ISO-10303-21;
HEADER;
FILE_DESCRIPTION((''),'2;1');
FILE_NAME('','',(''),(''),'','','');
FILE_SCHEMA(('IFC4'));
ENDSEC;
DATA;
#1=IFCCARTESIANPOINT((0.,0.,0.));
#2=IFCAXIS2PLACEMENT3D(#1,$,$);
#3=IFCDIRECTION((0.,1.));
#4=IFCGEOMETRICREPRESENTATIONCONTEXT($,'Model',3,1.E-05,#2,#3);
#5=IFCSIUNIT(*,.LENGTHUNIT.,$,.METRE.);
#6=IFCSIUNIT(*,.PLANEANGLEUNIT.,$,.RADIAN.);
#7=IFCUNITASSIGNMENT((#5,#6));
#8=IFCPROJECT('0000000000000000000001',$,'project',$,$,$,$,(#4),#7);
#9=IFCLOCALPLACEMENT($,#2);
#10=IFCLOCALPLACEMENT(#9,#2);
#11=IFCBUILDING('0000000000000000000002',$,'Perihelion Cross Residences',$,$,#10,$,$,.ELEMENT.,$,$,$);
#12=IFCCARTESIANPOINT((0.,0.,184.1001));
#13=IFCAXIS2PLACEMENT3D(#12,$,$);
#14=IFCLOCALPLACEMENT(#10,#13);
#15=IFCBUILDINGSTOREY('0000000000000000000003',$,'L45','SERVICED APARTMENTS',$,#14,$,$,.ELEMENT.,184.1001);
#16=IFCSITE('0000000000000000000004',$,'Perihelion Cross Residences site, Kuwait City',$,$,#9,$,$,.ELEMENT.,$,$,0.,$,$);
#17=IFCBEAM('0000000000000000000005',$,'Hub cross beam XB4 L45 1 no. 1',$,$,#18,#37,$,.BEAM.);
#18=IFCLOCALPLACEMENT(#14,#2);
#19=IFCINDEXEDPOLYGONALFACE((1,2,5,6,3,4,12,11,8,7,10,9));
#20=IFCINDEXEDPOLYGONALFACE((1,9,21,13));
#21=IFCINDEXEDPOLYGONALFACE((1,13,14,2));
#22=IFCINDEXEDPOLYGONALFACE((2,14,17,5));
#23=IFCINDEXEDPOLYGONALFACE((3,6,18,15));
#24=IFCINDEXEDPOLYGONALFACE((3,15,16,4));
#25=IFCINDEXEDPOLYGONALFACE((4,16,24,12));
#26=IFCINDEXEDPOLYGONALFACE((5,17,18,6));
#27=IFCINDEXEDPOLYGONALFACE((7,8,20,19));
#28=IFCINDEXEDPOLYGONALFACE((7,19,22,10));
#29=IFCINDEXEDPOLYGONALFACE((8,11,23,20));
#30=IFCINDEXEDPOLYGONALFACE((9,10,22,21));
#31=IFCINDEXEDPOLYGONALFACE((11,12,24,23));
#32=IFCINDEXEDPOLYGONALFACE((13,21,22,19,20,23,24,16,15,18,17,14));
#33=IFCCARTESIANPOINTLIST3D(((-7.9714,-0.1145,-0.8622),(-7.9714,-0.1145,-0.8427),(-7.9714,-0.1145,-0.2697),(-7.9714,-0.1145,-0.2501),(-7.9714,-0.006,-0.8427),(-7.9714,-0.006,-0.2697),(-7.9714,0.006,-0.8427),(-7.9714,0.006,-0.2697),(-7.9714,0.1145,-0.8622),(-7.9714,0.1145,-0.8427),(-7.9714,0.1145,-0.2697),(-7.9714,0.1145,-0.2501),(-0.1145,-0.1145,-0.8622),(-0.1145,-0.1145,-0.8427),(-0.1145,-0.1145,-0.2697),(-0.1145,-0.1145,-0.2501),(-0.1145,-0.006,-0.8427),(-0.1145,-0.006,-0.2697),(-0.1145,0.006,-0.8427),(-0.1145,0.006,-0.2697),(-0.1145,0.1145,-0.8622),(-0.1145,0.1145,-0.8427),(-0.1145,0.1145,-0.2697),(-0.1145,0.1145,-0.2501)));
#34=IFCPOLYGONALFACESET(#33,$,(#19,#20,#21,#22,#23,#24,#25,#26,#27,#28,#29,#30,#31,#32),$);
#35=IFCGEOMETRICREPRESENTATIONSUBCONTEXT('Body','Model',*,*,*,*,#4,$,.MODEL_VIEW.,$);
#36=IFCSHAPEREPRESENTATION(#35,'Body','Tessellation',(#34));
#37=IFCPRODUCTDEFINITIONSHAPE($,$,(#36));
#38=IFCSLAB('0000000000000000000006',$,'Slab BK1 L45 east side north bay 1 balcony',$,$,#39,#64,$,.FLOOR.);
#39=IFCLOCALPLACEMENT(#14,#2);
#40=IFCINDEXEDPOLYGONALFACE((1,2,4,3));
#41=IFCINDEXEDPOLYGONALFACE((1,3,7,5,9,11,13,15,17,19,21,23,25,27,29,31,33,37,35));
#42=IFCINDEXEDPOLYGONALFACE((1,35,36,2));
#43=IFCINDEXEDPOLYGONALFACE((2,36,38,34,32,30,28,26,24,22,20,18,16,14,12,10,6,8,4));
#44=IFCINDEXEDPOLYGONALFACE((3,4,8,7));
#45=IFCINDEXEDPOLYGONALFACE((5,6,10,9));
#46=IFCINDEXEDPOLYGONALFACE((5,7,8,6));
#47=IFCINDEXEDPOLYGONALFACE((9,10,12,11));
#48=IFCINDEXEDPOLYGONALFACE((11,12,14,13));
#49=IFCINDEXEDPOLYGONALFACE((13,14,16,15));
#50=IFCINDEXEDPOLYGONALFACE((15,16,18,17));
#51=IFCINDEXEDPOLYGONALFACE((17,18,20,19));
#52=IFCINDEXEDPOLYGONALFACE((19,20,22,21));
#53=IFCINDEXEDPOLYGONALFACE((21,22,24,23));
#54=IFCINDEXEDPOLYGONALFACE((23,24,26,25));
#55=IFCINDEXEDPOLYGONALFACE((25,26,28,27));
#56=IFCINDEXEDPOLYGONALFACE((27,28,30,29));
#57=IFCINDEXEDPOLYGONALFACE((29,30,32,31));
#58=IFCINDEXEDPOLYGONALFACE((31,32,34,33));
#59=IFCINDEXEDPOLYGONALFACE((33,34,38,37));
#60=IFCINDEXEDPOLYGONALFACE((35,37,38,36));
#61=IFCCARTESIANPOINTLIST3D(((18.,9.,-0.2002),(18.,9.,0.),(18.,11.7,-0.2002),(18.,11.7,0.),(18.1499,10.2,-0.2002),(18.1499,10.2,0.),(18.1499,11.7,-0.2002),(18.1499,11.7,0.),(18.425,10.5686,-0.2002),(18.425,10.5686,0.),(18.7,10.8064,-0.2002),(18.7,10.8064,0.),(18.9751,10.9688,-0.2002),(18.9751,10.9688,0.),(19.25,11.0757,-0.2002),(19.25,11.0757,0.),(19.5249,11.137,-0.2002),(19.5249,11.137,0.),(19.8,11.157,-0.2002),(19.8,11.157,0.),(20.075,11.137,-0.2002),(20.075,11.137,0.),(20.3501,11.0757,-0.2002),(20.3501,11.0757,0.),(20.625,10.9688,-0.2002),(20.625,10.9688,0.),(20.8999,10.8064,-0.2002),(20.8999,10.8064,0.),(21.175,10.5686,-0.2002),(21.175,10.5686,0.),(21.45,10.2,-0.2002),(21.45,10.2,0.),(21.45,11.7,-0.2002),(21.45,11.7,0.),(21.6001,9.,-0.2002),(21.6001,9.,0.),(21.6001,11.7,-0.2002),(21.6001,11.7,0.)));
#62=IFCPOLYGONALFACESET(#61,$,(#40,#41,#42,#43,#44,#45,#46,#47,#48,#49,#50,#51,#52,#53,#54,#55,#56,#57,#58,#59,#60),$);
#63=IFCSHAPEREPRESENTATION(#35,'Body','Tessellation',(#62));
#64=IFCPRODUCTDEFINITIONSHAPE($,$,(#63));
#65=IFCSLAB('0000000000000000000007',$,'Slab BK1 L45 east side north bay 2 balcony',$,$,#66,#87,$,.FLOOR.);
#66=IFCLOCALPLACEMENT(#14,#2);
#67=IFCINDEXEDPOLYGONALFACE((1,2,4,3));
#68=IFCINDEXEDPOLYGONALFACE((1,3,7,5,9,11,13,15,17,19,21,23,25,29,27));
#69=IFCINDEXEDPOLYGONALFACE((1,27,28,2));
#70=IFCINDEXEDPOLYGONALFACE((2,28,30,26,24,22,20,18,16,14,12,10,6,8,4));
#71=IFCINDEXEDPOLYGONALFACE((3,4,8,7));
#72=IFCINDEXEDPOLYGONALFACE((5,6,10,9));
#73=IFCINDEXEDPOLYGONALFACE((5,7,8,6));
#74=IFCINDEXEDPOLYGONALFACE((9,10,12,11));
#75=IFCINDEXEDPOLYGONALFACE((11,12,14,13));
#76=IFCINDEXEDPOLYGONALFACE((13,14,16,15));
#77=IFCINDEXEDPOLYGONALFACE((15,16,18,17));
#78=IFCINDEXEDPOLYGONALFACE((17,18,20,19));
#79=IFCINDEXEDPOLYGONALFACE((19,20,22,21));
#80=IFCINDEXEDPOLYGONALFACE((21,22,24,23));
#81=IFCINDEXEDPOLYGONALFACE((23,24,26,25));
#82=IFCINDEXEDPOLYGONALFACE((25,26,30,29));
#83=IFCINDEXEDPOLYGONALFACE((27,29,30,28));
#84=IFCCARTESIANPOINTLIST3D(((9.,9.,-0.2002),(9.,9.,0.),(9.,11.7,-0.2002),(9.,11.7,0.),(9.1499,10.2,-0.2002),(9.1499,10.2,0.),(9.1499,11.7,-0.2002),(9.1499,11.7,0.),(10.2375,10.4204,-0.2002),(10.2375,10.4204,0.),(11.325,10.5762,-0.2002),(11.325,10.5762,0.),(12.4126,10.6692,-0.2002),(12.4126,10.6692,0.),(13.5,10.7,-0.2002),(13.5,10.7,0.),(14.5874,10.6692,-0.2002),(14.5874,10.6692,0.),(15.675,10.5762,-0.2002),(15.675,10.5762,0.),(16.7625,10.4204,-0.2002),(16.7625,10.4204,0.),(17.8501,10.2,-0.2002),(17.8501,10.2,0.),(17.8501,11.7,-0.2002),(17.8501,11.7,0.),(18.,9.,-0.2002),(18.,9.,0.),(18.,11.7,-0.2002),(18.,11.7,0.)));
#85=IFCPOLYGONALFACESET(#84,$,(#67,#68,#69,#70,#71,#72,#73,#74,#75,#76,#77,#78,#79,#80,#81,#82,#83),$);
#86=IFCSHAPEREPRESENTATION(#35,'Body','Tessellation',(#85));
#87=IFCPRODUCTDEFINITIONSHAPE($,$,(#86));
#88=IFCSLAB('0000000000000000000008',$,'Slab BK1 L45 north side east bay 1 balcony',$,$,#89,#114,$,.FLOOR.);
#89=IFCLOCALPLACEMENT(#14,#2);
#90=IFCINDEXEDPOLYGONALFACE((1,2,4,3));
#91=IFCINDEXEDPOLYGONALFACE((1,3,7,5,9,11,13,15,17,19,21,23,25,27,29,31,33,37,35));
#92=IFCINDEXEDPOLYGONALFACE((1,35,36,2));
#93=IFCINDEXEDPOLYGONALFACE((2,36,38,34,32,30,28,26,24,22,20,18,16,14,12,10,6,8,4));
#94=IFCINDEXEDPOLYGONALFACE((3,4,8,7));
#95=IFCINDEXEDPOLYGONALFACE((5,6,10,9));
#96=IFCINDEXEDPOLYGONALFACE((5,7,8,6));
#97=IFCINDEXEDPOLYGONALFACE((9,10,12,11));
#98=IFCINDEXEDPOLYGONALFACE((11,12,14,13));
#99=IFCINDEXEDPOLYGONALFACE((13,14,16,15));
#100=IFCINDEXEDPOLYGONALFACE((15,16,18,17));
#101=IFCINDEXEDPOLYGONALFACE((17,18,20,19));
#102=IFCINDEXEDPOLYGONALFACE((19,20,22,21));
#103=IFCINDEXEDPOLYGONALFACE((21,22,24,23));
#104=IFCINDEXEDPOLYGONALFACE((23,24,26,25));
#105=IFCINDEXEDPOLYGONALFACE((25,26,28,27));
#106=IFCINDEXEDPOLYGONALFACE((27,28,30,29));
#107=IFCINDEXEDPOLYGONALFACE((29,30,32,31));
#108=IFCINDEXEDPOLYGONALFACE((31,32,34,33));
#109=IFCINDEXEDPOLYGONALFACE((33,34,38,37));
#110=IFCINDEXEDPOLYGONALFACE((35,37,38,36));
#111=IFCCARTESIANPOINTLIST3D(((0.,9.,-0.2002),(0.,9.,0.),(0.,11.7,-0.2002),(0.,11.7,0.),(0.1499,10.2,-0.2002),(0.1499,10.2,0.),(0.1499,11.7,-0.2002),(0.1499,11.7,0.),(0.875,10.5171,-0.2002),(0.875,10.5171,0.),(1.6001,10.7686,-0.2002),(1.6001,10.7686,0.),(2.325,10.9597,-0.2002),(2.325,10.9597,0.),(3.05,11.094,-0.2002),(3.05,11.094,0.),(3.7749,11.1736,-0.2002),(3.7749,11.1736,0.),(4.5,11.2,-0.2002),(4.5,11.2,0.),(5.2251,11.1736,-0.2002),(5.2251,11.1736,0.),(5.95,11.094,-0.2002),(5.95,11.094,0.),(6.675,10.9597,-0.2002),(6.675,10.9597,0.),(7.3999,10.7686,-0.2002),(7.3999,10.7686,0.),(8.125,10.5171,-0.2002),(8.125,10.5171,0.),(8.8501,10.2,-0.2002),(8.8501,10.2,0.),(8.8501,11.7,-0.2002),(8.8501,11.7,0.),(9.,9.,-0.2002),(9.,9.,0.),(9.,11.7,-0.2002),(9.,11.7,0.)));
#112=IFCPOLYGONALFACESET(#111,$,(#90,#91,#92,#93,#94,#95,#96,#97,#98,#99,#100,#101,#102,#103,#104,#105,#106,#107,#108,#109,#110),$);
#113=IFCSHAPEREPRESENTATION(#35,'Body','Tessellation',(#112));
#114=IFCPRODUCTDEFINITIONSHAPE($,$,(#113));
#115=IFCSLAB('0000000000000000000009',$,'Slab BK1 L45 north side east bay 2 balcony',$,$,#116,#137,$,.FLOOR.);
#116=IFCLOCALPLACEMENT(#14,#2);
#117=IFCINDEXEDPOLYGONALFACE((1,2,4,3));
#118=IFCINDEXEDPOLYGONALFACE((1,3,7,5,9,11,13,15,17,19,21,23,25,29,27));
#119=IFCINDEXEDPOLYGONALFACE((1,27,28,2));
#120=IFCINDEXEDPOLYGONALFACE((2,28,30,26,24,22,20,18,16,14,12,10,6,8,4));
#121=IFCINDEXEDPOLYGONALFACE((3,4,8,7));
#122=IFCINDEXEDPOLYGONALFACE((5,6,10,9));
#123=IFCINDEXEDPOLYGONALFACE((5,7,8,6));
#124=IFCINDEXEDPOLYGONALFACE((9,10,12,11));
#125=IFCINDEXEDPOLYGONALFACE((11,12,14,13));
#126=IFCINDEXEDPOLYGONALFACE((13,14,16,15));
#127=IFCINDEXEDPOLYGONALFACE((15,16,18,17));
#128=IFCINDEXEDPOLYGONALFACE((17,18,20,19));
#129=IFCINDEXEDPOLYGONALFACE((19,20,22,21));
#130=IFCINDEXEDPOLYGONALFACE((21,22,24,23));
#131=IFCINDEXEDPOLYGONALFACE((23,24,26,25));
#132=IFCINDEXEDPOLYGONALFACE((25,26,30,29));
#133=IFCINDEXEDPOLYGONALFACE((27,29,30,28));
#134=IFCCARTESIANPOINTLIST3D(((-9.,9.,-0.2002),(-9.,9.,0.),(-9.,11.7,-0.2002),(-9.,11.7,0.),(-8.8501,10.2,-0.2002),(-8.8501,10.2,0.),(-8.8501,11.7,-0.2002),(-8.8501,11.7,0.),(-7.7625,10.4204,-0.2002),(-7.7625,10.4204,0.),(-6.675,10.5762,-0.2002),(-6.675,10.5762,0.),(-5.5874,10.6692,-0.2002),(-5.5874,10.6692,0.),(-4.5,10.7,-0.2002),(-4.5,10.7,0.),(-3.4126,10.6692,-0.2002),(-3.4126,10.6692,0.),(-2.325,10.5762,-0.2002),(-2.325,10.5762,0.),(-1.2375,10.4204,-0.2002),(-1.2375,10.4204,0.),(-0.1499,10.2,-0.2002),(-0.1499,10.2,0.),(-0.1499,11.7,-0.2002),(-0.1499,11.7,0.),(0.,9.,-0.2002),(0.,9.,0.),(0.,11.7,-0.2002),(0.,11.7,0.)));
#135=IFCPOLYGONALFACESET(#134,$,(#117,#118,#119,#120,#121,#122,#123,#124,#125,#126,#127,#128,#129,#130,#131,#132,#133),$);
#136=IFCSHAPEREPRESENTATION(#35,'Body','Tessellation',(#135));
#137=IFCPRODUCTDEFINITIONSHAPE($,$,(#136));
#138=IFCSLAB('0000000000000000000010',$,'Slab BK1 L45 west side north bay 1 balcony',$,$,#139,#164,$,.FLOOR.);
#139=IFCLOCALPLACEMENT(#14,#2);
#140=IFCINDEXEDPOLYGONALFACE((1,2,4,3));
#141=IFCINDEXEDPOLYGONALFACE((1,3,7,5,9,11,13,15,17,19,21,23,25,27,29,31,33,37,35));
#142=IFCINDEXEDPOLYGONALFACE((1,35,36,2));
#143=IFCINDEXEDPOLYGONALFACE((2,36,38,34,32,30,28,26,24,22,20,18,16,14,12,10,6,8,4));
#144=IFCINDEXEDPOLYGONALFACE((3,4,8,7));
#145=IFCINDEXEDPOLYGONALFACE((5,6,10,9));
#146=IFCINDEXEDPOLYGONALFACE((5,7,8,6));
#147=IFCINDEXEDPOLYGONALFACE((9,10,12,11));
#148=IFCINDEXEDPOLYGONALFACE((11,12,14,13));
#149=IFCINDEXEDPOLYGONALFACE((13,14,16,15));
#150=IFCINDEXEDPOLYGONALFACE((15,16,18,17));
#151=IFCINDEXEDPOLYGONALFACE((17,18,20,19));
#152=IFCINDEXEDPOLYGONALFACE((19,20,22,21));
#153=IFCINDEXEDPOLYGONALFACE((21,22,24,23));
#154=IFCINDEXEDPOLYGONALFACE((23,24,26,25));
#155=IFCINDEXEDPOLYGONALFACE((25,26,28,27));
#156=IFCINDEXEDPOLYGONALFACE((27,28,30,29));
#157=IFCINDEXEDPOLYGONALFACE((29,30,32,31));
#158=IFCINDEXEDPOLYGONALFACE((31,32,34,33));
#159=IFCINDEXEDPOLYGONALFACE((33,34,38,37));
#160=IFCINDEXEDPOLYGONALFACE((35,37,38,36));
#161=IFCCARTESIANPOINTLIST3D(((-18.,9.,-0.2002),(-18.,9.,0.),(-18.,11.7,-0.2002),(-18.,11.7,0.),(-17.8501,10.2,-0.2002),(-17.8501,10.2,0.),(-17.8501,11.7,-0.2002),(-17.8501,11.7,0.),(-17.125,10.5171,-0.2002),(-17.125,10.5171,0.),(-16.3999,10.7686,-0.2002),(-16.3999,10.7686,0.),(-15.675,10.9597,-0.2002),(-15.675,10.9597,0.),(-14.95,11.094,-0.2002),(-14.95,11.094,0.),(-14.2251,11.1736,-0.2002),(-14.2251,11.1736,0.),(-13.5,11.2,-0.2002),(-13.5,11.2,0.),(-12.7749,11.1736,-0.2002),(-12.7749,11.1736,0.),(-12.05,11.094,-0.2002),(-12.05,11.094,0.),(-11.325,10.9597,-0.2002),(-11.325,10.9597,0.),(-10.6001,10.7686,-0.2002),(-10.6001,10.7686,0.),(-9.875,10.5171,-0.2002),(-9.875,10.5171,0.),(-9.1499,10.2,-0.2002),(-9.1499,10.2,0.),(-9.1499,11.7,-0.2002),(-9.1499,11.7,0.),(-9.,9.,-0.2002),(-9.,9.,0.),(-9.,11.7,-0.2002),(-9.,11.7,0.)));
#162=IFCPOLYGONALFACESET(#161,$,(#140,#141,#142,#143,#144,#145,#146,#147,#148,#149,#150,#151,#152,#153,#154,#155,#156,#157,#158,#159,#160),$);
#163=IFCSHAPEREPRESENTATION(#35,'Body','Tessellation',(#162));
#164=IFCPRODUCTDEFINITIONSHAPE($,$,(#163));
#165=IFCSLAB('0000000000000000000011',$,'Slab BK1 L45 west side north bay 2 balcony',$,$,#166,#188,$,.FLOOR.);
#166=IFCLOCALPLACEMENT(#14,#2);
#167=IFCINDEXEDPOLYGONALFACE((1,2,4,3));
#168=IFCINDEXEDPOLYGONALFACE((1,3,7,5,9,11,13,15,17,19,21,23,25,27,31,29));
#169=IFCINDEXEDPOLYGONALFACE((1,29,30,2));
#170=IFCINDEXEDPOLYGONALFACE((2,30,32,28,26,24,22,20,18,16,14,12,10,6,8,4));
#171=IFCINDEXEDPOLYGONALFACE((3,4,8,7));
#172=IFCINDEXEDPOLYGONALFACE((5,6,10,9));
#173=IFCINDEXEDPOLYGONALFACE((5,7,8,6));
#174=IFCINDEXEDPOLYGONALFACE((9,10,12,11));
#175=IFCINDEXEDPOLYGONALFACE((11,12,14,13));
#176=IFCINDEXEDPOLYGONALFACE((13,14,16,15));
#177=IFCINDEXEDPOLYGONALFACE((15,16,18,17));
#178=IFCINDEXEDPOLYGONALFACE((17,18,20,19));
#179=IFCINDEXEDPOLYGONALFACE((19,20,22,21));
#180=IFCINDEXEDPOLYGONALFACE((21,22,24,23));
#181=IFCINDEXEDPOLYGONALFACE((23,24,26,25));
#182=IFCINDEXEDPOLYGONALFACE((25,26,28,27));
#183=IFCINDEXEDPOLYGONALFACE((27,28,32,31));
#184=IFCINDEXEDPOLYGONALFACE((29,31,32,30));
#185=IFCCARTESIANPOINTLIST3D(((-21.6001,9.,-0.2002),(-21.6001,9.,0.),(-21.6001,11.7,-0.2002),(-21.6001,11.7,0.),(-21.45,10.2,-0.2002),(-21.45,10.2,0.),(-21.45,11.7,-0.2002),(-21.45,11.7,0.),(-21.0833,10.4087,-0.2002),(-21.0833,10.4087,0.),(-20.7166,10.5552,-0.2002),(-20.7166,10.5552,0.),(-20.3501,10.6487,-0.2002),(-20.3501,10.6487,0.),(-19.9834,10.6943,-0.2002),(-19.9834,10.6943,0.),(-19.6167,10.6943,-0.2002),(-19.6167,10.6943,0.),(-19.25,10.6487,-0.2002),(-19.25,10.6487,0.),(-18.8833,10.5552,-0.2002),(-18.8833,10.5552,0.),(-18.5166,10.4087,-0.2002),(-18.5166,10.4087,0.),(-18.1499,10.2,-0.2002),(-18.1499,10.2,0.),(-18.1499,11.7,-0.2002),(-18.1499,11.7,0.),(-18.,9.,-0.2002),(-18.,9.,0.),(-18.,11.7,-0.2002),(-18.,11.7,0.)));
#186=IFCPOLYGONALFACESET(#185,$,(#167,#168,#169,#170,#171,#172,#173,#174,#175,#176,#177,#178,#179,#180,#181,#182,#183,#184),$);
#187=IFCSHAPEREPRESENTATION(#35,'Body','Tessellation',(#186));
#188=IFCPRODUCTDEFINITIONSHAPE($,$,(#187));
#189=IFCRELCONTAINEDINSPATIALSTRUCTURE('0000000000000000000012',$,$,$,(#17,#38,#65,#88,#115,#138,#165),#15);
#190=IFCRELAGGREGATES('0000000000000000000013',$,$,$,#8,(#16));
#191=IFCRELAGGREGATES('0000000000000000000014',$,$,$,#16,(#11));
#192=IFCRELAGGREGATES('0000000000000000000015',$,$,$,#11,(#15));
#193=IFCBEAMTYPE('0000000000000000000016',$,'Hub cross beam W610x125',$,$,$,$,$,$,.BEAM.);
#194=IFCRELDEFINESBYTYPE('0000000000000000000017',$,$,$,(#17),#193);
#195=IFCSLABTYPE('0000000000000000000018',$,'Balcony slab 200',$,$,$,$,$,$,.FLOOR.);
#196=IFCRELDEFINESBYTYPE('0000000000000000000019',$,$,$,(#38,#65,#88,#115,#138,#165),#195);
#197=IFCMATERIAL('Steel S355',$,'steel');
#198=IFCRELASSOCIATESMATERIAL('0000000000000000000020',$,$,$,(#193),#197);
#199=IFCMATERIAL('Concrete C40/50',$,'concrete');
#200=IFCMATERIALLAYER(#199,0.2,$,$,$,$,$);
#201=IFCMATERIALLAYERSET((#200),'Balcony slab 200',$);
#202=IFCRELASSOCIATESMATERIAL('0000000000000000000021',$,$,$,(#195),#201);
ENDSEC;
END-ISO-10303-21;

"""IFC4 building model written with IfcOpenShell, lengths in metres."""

from ifc_helpers import new_model, si_unit, direction, frame, origin, origin_2d, place, context, subcontext, project, spatial, polyline, i_section, outline, extrude, material, layer, layer_set, material_profile, profile_set, type_object, element, save


model = new_model("IFC4")

# Units and contexts
model_context = context("Model", 3, precision=1e-05, world=origin(), true_north=direction((0.0, 1.0)))
body_context = subcontext(model_context, "Body", "Model", "MODEL_VIEW")
ifc_project = project(units=[si_unit("LENGTHUNIT", "METRE"), si_unit("PLANEANGLEUNIT", "RADIAN")], contexts=[model_context])

# Site, building, storey
site_placement = place(None, origin())
site = spatial("IfcSite", under=ifc_project, at=site_placement, Name="Perihelion Cross Residences site, Kuwait City", CompositionType="ELEMENT", RefElevation=0.0)
building_placement = place(site_placement, origin())
building = spatial("IfcBuilding", under=site, at=building_placement, Name="Perihelion Cross Residences", CompositionType="ELEMENT")
storey_placement = place(building_placement, frame((0.0, 0.0, 184.1001)))
storey = spatial("IfcBuildingStorey", under=building, at=storey_placement, Name="L45", Description="SERVICED APARTMENTS", CompositionType="ELEMENT", Elevation=184.1001)

# Beam
ifc_material_1 = material(Name="Steel S355", Category="steel")
ifc_material_profile = material_profile(ifc_material_1, i_section(OverallWidth=0.229, OverallDepth=0.6121, WebThickness=0.012, FlangeThickness=0.0195, at=origin_2d()), Name="W610x125")
ifc_profile_set = profile_set([ifc_material_profile], Name="Steel S355")
beam_type = type_object("IfcBeamType", Name="Hub cross beam W610x125", PredefinedType="BEAM", material=ifc_profile_set)
beam_placement = place(storey_placement, frame((-7.9714, 0.0, -0.5562), z_axis=(1.0, 0.0, 0.0), x_axis=(0.0, 1.0, 0.0)))
element("IfcBeam", 1, at=beam_placement, inside=storey, type_object=beam_type, Name="Hub cross beam XB4 L45 1 no. 1", PredefinedType="BEAM", context=body_context, shape_type="SweptSolid", body=[
    extrude(i_section(OverallWidth=0.229, OverallDepth=0.6121, WebThickness=0.012, FlangeThickness=0.0195, at=origin_2d()), origin(), (0.0, 0.0, 1.0), 7.8569),
])

# Slabs
ifc_material_2 = material(Name="Concrete C40/50", Category="concrete")
ifc_layer_1 = layer(ifc_material_2, 0.2)
ifc_layer_set_1 = layer_set([ifc_layer_1], Name="Balcony slab 200")
slab_type_1 = type_object("IfcSlabType", Name="Balcony slab 200", PredefinedType="FLOOR", material=ifc_layer_set_1)
slab_1_placement = place(storey_placement, frame((0.0, 0.0, -0.2002)))
element("IfcSlab", 2, at=slab_1_placement, inside=storey, type_object=slab_type_1, Name="Slab BK1 L45 east side north bay 1 balcony", PredefinedType="FLOOR", context=body_context, shape_type="SweptSolid", body=[
    extrude(outline(polyline([(21.6001, 9.0), (18.0, 9.0), (18.0, 11.7), (18.1499, 11.7), (18.1499, 10.2), (18.425, 10.5686), (18.7, 10.8064), (18.9751, 10.9688), (19.25, 11.0757), (19.5249, 11.137), (19.8, 11.157), (20.075, 11.137), (20.3501, 11.0757), (20.625, 10.9688), (20.8999, 10.8064), (21.175, 10.5686), (21.45, 10.2), (21.45, 11.7), (21.6001, 11.7), (21.6001, 9.0)])), origin(), (0.0, 0.0, 1.0), 0.2002),
])
slab_2_placement = place(storey_placement, frame((0.0, 0.0, -0.2002)))
element("IfcSlab", 3, at=slab_2_placement, inside=storey, type_object=slab_type_1, Name="Slab BK1 L45 east side north bay 2 balcony", PredefinedType="FLOOR", context=body_context, shape_type="SweptSolid", body=[
    extrude(outline(polyline([(18.0, 9.0), (9.0, 9.0), (9.0, 11.7), (9.1499, 11.7), (9.1499, 10.2), (10.2375, 10.4204), (11.325, 10.5762), (12.4126, 10.6692), (13.5, 10.7), (14.5874, 10.6692), (15.675, 10.5762), (16.7625, 10.4204), (17.8501, 10.2), (17.8501, 11.7), (18.0, 11.7), (18.0, 9.0)])), origin(), (0.0, 0.0, 1.0), 0.2002),
])
slab_3_placement = place(storey_placement, frame((0.0, 0.0, -0.2002)))
element("IfcSlab", 4, at=slab_3_placement, inside=storey, type_object=slab_type_1, Name="Slab BK1 L45 north side east bay 1 balcony", PredefinedType="FLOOR", context=body_context, shape_type="SweptSolid", body=[
    extrude(outline(polyline([(9.0, 9.0), (0.0, 9.0), (0.0, 11.7), (0.1499, 11.7), (0.1499, 10.2), (0.875, 10.5171), (1.6001, 10.7686), (2.325, 10.9597), (3.05, 11.094), (3.7749, 11.1736), (4.5, 11.2), (5.2251, 11.1736), (5.95, 11.094), (6.675, 10.9597), (7.3999, 10.7686), (8.125, 10.5171), (8.8501, 10.2), (8.8501, 11.7), (9.0, 11.7), (9.0, 9.0)])), origin(), (0.0, 0.0, 1.0), 0.2002),
])
slab_4_placement = place(storey_placement, frame((0.0, 0.0, -0.2002)))
element("IfcSlab", 5, at=slab_4_placement, inside=storey, type_object=slab_type_1, Name="Slab BK1 L45 north side east bay 2 balcony", PredefinedType="FLOOR", context=body_context, shape_type="SweptSolid", body=[
    extrude(outline(polyline([(0.0, 9.0), (-9.0, 9.0), (-9.0, 11.7), (-8.8501, 11.7), (-8.8501, 10.2), (-7.7625, 10.4204), (-6.675, 10.5762), (-5.5874, 10.6692), (-4.5, 10.7), (-3.4126, 10.6692), (-2.325, 10.5762), (-1.2375, 10.4204), (-0.1499, 10.2), (-0.1499, 11.7), (0.0, 11.7), (0.0, 9.0)])), origin(), (0.0, 0.0, 1.0), 0.2002),
])
slab_5_placement = place(storey_placement, frame((0.0, 0.0, -0.2002)))
element("IfcSlab", 6, at=slab_5_placement, inside=storey, type_object=slab_type_1, Name="Slab BK1 L45 west side north bay 1 balcony", PredefinedType="FLOOR", context=body_context, shape_type="SweptSolid", body=[
    extrude(outline(polyline([(-9.0, 9.0), (-18.0, 9.0), (-18.0, 11.7), (-17.8501, 11.7), (-17.8501, 10.2), (-17.125, 10.5171), (-16.3999, 10.7686), (-15.675, 10.9597), (-14.95, 11.094), (-14.2251, 11.1736), (-13.5, 11.2), (-12.7749, 11.1736), (-12.05, 11.094), (-11.325, 10.9597), (-10.6001, 10.7686), (-9.875, 10.5171), (-9.1499, 10.2), (-9.1499, 11.7), (-9.0, 11.7), (-9.0, 9.0)])), origin(), (0.0, 0.0, 1.0), 0.2002),
])
slab_6_placement = place(storey_placement, frame((0.0, 0.0, -0.2002)))
element("IfcSlab", 7, at=slab_6_placement, inside=storey, type_object=slab_type_1, Name="Slab BK1 L45 west side north bay 2 balcony", PredefinedType="FLOOR", context=body_context, shape_type="SweptSolid", body=[
    extrude(outline(polyline([(-18.0, 9.0), (-21.6001, 9.0), (-21.6001, 11.7), (-21.45, 11.7), (-21.45, 10.2), (-21.0833, 10.4087), (-20.7166, 10.5552), (-20.3501, 10.6487), (-19.9834, 10.6943), (-19.6167, 10.6943), (-19.25, 10.6487), (-18.8833, 10.5552), (-18.5166, 10.4087), (-18.1499, 10.2), (-18.1499, 11.7), (-18.0, 11.7), (-18.0, 9.0)])), origin(), (0.0, 0.0, 1.0), 0.2002),
])

save(model, "model.ifc")
